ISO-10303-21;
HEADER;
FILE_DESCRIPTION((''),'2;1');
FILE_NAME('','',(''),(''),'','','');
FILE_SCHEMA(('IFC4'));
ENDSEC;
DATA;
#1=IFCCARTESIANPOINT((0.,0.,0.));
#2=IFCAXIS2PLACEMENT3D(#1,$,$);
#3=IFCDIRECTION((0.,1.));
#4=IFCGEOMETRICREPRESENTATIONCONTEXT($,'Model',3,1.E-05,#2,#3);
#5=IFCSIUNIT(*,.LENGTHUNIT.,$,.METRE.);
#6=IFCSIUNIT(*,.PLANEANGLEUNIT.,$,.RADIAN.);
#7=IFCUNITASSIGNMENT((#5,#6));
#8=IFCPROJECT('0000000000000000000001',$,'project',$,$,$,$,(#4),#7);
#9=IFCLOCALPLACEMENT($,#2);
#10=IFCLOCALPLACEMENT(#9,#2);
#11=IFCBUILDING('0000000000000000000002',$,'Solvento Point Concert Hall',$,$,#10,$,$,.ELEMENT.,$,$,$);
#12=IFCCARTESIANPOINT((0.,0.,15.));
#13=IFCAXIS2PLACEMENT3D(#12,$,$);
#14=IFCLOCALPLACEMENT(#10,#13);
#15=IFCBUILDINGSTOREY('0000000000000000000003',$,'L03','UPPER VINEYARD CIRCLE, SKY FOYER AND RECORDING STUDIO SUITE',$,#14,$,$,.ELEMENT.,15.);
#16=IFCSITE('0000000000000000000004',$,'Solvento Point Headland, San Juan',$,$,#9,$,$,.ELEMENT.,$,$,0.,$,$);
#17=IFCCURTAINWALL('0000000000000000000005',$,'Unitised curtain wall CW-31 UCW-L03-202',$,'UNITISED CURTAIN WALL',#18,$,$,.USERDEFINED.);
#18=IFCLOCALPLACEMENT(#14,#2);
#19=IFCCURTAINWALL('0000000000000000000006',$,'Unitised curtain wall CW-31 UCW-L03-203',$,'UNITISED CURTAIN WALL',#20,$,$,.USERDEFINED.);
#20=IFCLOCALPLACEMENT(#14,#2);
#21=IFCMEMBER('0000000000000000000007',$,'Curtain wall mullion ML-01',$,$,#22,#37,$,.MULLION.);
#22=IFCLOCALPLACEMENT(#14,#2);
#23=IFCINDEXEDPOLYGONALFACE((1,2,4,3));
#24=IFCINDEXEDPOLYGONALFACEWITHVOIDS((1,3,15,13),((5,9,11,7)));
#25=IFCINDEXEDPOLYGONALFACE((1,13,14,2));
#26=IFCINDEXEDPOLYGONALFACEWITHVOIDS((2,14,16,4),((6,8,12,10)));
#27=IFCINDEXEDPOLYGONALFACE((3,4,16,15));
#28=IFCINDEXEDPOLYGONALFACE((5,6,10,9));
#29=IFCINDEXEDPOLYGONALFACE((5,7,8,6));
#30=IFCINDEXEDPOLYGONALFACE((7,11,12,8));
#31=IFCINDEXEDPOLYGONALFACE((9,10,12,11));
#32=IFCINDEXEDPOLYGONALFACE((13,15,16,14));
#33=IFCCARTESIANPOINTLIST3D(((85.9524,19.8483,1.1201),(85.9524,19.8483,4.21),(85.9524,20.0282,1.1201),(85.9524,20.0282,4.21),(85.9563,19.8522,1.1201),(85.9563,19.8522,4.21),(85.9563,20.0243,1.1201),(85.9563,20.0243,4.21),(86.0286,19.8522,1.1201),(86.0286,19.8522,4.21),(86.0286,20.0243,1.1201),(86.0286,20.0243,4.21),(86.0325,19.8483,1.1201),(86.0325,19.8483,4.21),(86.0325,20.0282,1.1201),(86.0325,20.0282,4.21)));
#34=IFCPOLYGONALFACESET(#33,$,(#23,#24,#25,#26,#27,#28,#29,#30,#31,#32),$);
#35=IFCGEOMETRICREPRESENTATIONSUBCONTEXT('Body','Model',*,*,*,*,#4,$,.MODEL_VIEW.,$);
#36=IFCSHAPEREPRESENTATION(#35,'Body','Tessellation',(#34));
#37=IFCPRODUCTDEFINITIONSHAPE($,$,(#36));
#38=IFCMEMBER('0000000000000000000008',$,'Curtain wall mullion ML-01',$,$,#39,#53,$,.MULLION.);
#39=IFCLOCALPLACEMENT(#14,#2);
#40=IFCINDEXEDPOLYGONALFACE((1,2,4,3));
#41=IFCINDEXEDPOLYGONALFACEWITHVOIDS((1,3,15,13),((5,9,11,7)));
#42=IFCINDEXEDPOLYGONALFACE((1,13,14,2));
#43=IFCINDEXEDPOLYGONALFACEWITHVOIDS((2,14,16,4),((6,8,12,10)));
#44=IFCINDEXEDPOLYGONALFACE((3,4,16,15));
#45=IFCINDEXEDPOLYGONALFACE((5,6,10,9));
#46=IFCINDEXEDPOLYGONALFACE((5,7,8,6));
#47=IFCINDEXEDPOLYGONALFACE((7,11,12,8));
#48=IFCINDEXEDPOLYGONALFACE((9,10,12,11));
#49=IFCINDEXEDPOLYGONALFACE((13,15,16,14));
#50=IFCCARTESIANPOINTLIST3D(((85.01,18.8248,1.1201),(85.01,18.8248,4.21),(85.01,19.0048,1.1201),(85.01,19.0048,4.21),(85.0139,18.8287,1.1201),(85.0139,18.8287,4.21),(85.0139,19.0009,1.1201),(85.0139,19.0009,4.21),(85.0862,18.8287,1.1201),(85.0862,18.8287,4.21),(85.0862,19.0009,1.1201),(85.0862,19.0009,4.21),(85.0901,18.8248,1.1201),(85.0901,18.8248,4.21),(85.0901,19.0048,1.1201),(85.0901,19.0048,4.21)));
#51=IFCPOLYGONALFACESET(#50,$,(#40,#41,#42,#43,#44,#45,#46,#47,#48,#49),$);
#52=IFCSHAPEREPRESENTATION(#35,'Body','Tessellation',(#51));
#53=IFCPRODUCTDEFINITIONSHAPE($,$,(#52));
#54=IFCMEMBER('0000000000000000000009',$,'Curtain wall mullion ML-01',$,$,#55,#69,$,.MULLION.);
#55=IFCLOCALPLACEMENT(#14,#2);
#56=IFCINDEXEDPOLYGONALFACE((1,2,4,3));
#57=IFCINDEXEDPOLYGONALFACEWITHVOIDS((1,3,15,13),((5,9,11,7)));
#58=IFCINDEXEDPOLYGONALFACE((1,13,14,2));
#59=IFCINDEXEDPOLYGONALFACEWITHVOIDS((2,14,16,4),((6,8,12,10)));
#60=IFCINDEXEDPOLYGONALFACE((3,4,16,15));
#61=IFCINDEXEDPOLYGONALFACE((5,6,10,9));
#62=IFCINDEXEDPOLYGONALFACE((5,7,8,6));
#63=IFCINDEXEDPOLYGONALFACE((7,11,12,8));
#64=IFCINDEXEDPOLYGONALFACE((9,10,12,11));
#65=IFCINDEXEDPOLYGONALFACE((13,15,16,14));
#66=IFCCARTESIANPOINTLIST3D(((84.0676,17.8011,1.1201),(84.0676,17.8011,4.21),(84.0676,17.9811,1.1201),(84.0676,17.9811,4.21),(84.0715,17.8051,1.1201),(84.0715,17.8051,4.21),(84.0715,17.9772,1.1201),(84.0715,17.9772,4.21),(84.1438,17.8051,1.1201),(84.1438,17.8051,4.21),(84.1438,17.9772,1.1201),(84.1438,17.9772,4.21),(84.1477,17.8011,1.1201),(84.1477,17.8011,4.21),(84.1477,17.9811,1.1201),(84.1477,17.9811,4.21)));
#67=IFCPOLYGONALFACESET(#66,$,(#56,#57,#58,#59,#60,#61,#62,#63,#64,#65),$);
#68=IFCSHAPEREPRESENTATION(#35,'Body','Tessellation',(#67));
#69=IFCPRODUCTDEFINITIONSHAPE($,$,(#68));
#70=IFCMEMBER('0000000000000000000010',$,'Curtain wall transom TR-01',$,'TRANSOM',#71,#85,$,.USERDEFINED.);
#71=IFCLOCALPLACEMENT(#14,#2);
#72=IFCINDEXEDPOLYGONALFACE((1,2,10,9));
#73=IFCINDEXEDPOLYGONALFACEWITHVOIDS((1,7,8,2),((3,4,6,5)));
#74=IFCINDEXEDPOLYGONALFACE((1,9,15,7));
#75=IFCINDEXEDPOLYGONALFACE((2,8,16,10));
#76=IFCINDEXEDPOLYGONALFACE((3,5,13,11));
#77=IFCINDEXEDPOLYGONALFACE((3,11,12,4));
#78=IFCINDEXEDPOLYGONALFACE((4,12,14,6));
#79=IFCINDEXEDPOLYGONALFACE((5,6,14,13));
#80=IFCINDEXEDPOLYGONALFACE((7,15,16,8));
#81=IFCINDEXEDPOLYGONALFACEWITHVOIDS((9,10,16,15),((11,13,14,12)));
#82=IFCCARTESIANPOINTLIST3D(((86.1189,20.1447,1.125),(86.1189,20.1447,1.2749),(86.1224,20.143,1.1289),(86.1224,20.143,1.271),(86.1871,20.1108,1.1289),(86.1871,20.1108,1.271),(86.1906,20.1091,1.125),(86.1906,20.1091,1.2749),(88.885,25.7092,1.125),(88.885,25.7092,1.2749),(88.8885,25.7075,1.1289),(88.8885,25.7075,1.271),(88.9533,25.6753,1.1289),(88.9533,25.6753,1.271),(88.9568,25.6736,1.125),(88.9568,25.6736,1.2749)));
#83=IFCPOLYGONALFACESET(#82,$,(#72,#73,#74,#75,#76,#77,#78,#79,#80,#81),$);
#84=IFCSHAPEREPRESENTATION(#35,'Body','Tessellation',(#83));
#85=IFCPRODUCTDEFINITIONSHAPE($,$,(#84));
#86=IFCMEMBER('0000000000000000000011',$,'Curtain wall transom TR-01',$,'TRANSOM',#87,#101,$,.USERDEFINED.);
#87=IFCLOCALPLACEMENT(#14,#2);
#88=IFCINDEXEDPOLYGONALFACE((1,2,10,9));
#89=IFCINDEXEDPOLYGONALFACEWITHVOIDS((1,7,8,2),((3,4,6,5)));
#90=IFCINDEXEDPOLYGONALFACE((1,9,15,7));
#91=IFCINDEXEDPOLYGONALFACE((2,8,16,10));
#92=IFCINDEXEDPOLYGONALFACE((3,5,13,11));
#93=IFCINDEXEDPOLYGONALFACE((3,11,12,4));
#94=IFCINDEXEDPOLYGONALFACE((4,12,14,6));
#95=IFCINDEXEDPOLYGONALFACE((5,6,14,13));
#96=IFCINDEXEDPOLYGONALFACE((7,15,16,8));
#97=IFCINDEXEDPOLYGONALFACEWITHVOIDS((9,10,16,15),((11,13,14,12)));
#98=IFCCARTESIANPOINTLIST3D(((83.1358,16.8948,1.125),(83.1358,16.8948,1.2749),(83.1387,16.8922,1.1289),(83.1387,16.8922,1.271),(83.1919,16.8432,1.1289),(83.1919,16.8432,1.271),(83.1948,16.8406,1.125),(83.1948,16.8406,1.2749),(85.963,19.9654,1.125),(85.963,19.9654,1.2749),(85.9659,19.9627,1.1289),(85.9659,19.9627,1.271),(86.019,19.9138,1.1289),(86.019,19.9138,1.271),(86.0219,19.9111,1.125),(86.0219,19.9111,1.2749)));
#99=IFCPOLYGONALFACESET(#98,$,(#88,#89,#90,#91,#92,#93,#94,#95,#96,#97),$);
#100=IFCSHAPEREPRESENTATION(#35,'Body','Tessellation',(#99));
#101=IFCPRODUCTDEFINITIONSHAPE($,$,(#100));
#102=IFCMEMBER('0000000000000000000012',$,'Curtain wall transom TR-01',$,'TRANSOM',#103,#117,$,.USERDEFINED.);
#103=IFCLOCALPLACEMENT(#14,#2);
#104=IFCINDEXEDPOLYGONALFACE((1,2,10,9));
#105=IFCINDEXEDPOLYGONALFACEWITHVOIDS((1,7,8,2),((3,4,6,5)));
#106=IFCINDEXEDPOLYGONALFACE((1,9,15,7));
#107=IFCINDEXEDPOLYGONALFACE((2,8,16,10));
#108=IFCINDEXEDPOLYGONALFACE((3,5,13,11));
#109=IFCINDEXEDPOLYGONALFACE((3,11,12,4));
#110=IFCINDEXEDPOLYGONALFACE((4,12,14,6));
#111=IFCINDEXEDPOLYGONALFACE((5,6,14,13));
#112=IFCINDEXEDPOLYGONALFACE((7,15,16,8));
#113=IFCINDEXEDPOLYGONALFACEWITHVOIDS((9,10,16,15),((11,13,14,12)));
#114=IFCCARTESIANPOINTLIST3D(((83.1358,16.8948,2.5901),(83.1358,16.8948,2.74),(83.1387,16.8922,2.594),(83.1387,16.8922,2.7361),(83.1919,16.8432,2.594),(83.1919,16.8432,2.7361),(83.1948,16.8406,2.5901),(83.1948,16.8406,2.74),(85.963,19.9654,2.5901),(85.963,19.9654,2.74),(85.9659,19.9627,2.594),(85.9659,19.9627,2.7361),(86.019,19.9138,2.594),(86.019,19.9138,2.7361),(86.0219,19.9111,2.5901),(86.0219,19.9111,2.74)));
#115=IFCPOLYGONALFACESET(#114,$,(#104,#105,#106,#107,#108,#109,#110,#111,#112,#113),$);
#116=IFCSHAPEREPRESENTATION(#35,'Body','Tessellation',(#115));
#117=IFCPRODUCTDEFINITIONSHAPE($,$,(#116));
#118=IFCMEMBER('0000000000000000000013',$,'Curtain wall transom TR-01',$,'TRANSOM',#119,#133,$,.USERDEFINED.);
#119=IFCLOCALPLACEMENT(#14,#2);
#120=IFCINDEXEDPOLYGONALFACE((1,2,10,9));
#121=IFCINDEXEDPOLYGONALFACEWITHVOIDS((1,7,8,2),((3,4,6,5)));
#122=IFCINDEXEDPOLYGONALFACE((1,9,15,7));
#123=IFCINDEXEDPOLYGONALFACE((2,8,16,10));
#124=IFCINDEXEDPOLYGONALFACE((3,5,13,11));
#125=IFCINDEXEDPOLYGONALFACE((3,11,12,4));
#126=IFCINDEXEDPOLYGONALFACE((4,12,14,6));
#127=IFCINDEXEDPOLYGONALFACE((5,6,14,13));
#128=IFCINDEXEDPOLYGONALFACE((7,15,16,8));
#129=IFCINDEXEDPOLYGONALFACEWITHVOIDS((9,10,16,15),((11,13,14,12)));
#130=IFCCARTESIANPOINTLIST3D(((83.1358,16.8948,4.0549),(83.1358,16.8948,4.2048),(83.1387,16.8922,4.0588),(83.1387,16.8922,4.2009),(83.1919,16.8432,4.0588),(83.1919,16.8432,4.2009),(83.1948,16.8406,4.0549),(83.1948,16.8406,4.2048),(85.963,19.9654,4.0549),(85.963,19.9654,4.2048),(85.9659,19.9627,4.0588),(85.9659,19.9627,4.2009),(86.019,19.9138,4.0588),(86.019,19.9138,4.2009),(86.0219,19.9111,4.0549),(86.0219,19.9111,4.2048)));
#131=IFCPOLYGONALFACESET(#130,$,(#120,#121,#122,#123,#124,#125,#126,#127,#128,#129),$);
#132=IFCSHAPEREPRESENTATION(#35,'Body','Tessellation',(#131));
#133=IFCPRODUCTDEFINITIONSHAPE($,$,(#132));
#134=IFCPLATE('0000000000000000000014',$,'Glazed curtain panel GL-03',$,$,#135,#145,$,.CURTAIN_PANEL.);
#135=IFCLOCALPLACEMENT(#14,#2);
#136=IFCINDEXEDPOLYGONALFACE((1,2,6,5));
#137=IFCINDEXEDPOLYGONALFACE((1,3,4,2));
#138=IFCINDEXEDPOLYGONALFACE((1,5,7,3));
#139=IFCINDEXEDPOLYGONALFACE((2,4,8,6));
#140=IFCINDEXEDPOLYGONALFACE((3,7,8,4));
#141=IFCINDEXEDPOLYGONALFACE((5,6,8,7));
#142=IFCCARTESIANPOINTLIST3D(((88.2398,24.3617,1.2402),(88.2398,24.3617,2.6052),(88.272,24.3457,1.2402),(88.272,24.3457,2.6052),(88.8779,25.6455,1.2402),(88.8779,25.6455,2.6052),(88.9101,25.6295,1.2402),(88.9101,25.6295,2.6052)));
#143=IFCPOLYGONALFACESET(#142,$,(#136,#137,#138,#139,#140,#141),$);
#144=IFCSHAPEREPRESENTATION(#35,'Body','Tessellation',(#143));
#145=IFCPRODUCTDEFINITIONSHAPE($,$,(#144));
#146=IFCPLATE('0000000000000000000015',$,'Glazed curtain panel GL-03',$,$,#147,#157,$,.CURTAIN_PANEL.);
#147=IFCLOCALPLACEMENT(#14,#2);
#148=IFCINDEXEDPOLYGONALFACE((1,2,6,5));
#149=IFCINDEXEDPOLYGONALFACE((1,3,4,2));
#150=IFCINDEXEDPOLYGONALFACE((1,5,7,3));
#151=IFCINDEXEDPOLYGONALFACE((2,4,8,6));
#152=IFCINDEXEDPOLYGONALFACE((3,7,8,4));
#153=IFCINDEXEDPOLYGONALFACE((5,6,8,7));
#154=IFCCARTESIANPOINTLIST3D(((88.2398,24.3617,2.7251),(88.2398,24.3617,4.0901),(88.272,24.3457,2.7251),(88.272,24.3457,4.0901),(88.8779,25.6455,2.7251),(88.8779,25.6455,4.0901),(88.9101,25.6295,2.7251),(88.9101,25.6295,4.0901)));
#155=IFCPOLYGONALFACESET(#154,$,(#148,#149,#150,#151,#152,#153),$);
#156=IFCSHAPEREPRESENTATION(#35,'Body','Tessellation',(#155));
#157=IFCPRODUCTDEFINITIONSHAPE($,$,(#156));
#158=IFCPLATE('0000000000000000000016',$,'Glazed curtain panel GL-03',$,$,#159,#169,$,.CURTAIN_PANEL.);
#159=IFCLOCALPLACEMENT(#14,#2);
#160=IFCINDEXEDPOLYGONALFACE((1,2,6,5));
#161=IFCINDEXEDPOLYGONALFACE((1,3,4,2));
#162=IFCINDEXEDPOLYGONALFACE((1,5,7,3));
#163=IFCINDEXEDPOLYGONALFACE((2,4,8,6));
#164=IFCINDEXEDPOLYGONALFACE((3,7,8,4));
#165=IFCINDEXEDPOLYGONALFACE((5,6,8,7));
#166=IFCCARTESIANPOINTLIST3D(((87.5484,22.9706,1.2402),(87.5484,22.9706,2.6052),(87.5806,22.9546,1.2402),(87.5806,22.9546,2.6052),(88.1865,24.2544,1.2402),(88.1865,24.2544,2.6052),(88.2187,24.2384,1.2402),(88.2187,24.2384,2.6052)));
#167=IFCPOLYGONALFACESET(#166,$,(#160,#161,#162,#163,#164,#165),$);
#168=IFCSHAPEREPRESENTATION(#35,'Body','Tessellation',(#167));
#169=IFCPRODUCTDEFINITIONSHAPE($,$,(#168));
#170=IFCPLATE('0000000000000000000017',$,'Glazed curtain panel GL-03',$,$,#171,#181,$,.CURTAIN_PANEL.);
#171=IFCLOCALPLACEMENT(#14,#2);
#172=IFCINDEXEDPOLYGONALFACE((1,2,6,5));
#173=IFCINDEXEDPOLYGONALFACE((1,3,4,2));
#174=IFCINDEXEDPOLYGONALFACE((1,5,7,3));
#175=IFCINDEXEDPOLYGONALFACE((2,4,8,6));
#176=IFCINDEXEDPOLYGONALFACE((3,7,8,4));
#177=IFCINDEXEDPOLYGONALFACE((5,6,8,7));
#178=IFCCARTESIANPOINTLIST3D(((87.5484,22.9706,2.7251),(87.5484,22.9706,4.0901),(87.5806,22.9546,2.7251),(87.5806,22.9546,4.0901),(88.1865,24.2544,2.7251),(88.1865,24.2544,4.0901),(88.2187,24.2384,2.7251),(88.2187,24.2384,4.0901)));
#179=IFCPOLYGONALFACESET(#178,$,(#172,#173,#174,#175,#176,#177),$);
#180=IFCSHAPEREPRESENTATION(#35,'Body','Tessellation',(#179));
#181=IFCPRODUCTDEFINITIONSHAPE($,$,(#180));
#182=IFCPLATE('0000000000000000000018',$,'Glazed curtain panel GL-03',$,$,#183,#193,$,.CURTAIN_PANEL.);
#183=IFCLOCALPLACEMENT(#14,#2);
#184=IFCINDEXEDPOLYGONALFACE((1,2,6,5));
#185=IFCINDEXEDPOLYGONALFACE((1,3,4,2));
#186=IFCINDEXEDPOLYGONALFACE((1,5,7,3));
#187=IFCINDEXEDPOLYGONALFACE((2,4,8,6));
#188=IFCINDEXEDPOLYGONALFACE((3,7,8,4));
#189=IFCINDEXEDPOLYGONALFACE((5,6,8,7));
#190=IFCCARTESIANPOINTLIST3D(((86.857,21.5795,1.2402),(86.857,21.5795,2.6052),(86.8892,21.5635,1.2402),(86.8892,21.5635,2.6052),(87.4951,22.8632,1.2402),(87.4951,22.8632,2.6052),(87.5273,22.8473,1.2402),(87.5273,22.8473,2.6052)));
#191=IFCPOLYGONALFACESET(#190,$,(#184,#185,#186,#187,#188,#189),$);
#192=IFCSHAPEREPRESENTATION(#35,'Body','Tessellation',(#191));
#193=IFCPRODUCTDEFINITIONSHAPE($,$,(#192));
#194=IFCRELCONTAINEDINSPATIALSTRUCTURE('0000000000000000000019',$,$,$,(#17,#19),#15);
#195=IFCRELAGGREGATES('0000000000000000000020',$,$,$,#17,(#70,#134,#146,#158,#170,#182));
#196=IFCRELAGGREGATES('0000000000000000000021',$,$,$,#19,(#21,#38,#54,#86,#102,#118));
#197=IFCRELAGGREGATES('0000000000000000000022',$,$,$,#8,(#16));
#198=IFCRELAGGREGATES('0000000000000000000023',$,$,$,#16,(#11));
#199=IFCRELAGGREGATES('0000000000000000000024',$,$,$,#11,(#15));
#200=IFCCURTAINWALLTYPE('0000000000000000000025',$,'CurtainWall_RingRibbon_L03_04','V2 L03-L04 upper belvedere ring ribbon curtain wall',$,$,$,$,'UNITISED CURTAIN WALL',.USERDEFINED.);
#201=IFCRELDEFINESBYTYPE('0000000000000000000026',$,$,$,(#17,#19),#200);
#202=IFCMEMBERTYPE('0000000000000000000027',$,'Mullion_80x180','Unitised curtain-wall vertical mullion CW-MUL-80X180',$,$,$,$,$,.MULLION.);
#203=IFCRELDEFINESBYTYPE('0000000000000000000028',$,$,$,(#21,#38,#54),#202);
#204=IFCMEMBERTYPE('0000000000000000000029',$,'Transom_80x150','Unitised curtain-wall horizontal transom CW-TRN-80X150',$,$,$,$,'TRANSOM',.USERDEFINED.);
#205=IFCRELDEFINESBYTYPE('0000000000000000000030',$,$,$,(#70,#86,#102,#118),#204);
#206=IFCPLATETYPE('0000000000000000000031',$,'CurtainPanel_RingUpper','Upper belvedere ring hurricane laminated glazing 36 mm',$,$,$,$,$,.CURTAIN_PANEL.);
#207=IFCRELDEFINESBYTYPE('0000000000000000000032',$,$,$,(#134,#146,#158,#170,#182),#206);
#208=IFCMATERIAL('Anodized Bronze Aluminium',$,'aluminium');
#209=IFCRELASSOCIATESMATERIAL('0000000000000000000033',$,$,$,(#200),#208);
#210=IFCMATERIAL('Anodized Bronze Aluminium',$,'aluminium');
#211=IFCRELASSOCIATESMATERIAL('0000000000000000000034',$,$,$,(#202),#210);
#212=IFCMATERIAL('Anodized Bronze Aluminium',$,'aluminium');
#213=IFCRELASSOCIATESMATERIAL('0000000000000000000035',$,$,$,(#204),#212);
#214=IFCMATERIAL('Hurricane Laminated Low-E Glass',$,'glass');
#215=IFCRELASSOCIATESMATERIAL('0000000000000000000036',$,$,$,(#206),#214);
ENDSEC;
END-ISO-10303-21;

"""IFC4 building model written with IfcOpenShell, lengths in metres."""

from ifc_helpers import new_model, si_unit, direction, frame, origin, origin_2d, place, context, subcontext, project, spatial, rectangle, hollow_rectangle, extrude, material, material_profile, profile_set, type_object, element, aggregate, save


model = new_model("IFC4")

# Units and contexts
model_context = context("Model", 3, precision=1e-05, world=origin(), true_north=direction((0.0, 1.0)))
body_context = subcontext(model_context, "Body", "Model", "MODEL_VIEW")
ifc_project = project(units=[si_unit("LENGTHUNIT", "METRE"), si_unit("PLANEANGLEUNIT", "RADIAN")], contexts=[model_context])

# Site, building, storey
site_placement = place(None, origin())
site = spatial("IfcSite", under=ifc_project, at=site_placement, Name="Solvento Point Headland, San Juan", CompositionType="ELEMENT", RefElevation=0.0)
building_placement = place(site_placement, origin())
building = spatial("IfcBuilding", under=site, at=building_placement, Name="Solvento Point Concert Hall", CompositionType="ELEMENT")
storey_placement = place(building_placement, frame((0.0, 0.0, 15.0)))
storey = spatial("IfcBuildingStorey", under=building, at=storey_placement, Name="L03", Description="UPPER VINEYARD CIRCLE, SKY FOYER AND RECORDING STUDIO SUITE", CompositionType="ELEMENT", Elevation=15.0)

# Curtain walls, members
ifc_material_1 = material(Name="Anodized Bronze Aluminium", Category="aluminium")
curtain_wall_type = type_object("IfcCurtainWallType", Name="CurtainWall_RingRibbon_L03_04", Description="V2 L03-L04 upper belvedere ring ribbon curtain wall", ElementType="UNITISED CURTAIN WALL", PredefinedType="USERDEFINED", material=ifc_material_1)
curtain_wall_1_placement = place(storey_placement, origin())
curtain_wall_1 = element("IfcCurtainWall", 1, at=curtain_wall_1_placement, inside=storey, type_object=curtain_wall_type, Name="Unitised curtain wall CW-31 UCW-L03-202", ObjectType="UNITISED CURTAIN WALL", PredefinedType="USERDEFINED")
ifc_material_2 = material(Name="Anodized Bronze Aluminium", Category="aluminium")
ifc_material_profile_1 = material_profile(ifc_material_2, hollow_rectangle(XDim=0.0801, YDim=0.1799, WallThickness=0.0039, at=origin_2d()), Name="CW-MUL-80X180")
ifc_profile_set_1 = profile_set([ifc_material_profile_1], Name="Anodized Bronze Aluminium")
member_type_1 = type_object("IfcMemberType", Name="Mullion_80x180", Description="Unitised curtain-wall vertical mullion CW-MUL-80X180", PredefinedType="MULLION", material=ifc_profile_set_1)
curtain_wall_2_placement = place(storey_placement, origin())
curtain_wall_2 = element("IfcCurtainWall", 2, at=curtain_wall_2_placement, inside=storey, type_object=curtain_wall_type, Name="Unitised curtain wall CW-31 UCW-L03-203", ObjectType="UNITISED CURTAIN WALL", PredefinedType="USERDEFINED")
member_1_placement = place(storey_placement, frame((85.9924, 19.9382, 1.1201), z_axis=(0.0, 0.0, 1.0), x_axis=(1.0, 0.0, 0.0)))
member_1 = element("IfcMember", 3, at=member_1_placement, type_object=member_type_1, Name="Curtain wall mullion ML-01", PredefinedType="MULLION", context=body_context, shape_type="SweptSolid", body=[
    extrude(hollow_rectangle(XDim=0.0801, YDim=0.1799, WallThickness=0.0039, at=origin_2d()), origin(), (0.0, 0.0, 1.0), 3.0898),
])
member_2_placement = place(storey_placement, frame((85.05, 18.9148, 1.1201), z_axis=(0.0, 0.0, 1.0), x_axis=(1.0, 0.0, 0.0)))
member_2 = element("IfcMember", 4, at=member_2_placement, type_object=member_type_1, Name="Curtain wall mullion ML-01", PredefinedType="MULLION", context=body_context, shape_type="SweptSolid", body=[
    extrude(hollow_rectangle(XDim=0.0801, YDim=0.1799, WallThickness=0.0039, at=origin_2d()), origin(), (0.0, 0.0, 1.0), 3.0898),
])
member_3_placement = place(storey_placement, frame((84.1077, 17.8911, 1.1201), z_axis=(0.0, 0.0, 1.0), x_axis=(1.0, 0.0, 0.0)))
member_3 = element("IfcMember", 5, at=member_3_placement, type_object=member_type_1, Name="Curtain wall mullion ML-01", PredefinedType="MULLION", context=body_context, shape_type="SweptSolid", body=[
    extrude(hollow_rectangle(XDim=0.0801, YDim=0.1799, WallThickness=0.0039, at=origin_2d()), origin(), (0.0, 0.0, 1.0), 3.0898),
])

# Members
ifc_material_3 = material(Name="Anodized Bronze Aluminium", Category="aluminium")
ifc_material_profile_2 = material_profile(ifc_material_3, hollow_rectangle(XDim=0.0801, YDim=0.1499, WallThickness=0.0039, at=origin_2d()), Name="CW-TRN-80X150")
ifc_profile_set_2 = profile_set([ifc_material_profile_2], Name="Anodized Bronze Aluminium")
member_type_2 = type_object("IfcMemberType", Name="Transom_80x150", Description="Unitised curtain-wall horizontal transom CW-TRN-80X150", ElementType="TRANSOM", PredefinedType="USERDEFINED", material=ifc_profile_set_2)
member_4_placement = place(storey_placement, frame((88.9209, 25.6914, 1.2), z_axis=(-0.445138, -0.895462, 0.0), x_axis=(0.895462, -0.445138, 0.0)))
member_4 = element("IfcMember", 6, at=member_4_placement, type_object=member_type_2, Name="Curtain wall transom TR-01", ObjectType="TRANSOM", PredefinedType="USERDEFINED", context=body_context, shape_type="SweptSolid", body=[
    extrude(hollow_rectangle(XDim=0.0801, YDim=0.1499, WallThickness=0.0039, at=origin_2d()), origin(), (0.0, 0.0, 1.0), 6.2141),
])
member_5_placement = place(storey_placement, frame((85.9924, 19.9382, 1.2), z_axis=(-0.677347, -0.735664, 0.0), x_axis=(0.735664, -0.677347, 0.0)))
member_5 = element("IfcMember", 7, at=member_5_placement, type_object=member_type_2, Name="Curtain wall transom TR-01", ObjectType="TRANSOM", PredefinedType="USERDEFINED", context=body_context, shape_type="SweptSolid", body=[
    extrude(hollow_rectangle(XDim=0.0801, YDim=0.1499, WallThickness=0.0039, at=origin_2d()), origin(), (0.0, 0.0, 1.0), 4.1738),
])
member_6_placement = place(storey_placement, frame((85.9924, 19.9382, 2.665), z_axis=(-0.677347, -0.735664, 0.0), x_axis=(0.735664, -0.677347, 0.0)))
member_6 = element("IfcMember", 8, at=member_6_placement, type_object=member_type_2, Name="Curtain wall transom TR-01", ObjectType="TRANSOM", PredefinedType="USERDEFINED", context=body_context, shape_type="SweptSolid", body=[
    extrude(hollow_rectangle(XDim=0.0801, YDim=0.1499, WallThickness=0.0039, at=origin_2d()), origin(), (0.0, 0.0, 1.0), 4.1738),
])
member_7_placement = place(storey_placement, frame((85.9924, 19.9382, 4.1299), z_axis=(-0.677347, -0.735664, 0.0), x_axis=(0.735664, -0.677347, 0.0)))
member_7 = element("IfcMember", 9, at=member_7_placement, type_object=member_type_2, Name="Curtain wall transom TR-01", ObjectType="TRANSOM", PredefinedType="USERDEFINED", context=body_context, shape_type="SweptSolid", body=[
    extrude(hollow_rectangle(XDim=0.0801, YDim=0.1499, WallThickness=0.0039, at=origin_2d()), origin(), (0.0, 0.0, 1.0), 4.1738),
])

# Plates
ifc_material_4 = material(Name="Hurricane Laminated Low-E Glass", Category="glass")
plate_type = type_object("IfcPlateType", Name="CurtainPanel_RingUpper", Description="Upper belvedere ring hurricane laminated glazing 36 mm", PredefinedType="CURTAIN_PANEL", material=ifc_material_4)
plate_1_placement = place(storey_placement, frame((88.575, 24.9956, 1.2402), z_axis=(0.0, 0.0, 1.0), x_axis=(-0.445115, -0.895473, 0.0)))
plate_1 = element("IfcPlate", 10, at=plate_1_placement, type_object=plate_type, Name="Glazed curtain panel GL-03", PredefinedType="CURTAIN_PANEL", context=body_context, shape_type="SweptSolid", body=[
    extrude(rectangle(XDim=1.4336, YDim=0.0359, at=origin_2d()), origin(), (0.0, 0.0, 1.0), 1.365),
])
plate_2_placement = place(storey_placement, frame((88.575, 24.9956, 2.7251), z_axis=(0.0, 0.0, 1.0), x_axis=(-0.445115, -0.895473, 0.0)))
plate_2 = element("IfcPlate", 11, at=plate_2_placement, type_object=plate_type, Name="Glazed curtain panel GL-03", PredefinedType="CURTAIN_PANEL", context=body_context, shape_type="SweptSolid", body=[
    extrude(rectangle(XDim=1.4336, YDim=0.0359, at=origin_2d()), origin(), (0.0, 0.0, 1.0), 1.365),
])
plate_3_placement = place(storey_placement, frame((87.8835, 23.6045, 1.2402), z_axis=(0.0, 0.0, 1.0), x_axis=(-0.445115, -0.895473, 0.0)))
plate_3 = element("IfcPlate", 12, at=plate_3_placement, type_object=plate_type, Name="Glazed curtain panel GL-03", PredefinedType="CURTAIN_PANEL", context=body_context, shape_type="SweptSolid", body=[
    extrude(rectangle(XDim=1.4336, YDim=0.0359, at=origin_2d()), origin(), (0.0, 0.0, 1.0), 1.365),
])
plate_4_placement = place(storey_placement, frame((87.8835, 23.6045, 2.7251), z_axis=(0.0, 0.0, 1.0), x_axis=(-0.445115, -0.895473, 0.0)))
plate_4 = element("IfcPlate", 13, at=plate_4_placement, type_object=plate_type, Name="Glazed curtain panel GL-03", PredefinedType="CURTAIN_PANEL", context=body_context, shape_type="SweptSolid", body=[
    extrude(rectangle(XDim=1.4336, YDim=0.0359, at=origin_2d()), origin(), (0.0, 0.0, 1.0), 1.365),
])
plate_5_placement = place(storey_placement, frame((87.1921, 22.2134, 1.2402), z_axis=(0.0, 0.0, 1.0), x_axis=(-0.445115, -0.895473, 0.0)))
plate_5 = element("IfcPlate", 14, at=plate_5_placement, type_object=plate_type, Name="Glazed curtain panel GL-03", PredefinedType="CURTAIN_PANEL", context=body_context, shape_type="SweptSolid", body=[
    extrude(rectangle(XDim=1.4336, YDim=0.0359, at=origin_2d()), origin(), (0.0, 0.0, 1.0), 1.365),
])
aggregate(curtain_wall_1, [member_4, plate_1, plate_2, plate_3, plate_4, plate_5])
aggregate(curtain_wall_2, [member_1, member_2, member_3, member_5, member_6, member_7])

save(model, "model.ifc")
